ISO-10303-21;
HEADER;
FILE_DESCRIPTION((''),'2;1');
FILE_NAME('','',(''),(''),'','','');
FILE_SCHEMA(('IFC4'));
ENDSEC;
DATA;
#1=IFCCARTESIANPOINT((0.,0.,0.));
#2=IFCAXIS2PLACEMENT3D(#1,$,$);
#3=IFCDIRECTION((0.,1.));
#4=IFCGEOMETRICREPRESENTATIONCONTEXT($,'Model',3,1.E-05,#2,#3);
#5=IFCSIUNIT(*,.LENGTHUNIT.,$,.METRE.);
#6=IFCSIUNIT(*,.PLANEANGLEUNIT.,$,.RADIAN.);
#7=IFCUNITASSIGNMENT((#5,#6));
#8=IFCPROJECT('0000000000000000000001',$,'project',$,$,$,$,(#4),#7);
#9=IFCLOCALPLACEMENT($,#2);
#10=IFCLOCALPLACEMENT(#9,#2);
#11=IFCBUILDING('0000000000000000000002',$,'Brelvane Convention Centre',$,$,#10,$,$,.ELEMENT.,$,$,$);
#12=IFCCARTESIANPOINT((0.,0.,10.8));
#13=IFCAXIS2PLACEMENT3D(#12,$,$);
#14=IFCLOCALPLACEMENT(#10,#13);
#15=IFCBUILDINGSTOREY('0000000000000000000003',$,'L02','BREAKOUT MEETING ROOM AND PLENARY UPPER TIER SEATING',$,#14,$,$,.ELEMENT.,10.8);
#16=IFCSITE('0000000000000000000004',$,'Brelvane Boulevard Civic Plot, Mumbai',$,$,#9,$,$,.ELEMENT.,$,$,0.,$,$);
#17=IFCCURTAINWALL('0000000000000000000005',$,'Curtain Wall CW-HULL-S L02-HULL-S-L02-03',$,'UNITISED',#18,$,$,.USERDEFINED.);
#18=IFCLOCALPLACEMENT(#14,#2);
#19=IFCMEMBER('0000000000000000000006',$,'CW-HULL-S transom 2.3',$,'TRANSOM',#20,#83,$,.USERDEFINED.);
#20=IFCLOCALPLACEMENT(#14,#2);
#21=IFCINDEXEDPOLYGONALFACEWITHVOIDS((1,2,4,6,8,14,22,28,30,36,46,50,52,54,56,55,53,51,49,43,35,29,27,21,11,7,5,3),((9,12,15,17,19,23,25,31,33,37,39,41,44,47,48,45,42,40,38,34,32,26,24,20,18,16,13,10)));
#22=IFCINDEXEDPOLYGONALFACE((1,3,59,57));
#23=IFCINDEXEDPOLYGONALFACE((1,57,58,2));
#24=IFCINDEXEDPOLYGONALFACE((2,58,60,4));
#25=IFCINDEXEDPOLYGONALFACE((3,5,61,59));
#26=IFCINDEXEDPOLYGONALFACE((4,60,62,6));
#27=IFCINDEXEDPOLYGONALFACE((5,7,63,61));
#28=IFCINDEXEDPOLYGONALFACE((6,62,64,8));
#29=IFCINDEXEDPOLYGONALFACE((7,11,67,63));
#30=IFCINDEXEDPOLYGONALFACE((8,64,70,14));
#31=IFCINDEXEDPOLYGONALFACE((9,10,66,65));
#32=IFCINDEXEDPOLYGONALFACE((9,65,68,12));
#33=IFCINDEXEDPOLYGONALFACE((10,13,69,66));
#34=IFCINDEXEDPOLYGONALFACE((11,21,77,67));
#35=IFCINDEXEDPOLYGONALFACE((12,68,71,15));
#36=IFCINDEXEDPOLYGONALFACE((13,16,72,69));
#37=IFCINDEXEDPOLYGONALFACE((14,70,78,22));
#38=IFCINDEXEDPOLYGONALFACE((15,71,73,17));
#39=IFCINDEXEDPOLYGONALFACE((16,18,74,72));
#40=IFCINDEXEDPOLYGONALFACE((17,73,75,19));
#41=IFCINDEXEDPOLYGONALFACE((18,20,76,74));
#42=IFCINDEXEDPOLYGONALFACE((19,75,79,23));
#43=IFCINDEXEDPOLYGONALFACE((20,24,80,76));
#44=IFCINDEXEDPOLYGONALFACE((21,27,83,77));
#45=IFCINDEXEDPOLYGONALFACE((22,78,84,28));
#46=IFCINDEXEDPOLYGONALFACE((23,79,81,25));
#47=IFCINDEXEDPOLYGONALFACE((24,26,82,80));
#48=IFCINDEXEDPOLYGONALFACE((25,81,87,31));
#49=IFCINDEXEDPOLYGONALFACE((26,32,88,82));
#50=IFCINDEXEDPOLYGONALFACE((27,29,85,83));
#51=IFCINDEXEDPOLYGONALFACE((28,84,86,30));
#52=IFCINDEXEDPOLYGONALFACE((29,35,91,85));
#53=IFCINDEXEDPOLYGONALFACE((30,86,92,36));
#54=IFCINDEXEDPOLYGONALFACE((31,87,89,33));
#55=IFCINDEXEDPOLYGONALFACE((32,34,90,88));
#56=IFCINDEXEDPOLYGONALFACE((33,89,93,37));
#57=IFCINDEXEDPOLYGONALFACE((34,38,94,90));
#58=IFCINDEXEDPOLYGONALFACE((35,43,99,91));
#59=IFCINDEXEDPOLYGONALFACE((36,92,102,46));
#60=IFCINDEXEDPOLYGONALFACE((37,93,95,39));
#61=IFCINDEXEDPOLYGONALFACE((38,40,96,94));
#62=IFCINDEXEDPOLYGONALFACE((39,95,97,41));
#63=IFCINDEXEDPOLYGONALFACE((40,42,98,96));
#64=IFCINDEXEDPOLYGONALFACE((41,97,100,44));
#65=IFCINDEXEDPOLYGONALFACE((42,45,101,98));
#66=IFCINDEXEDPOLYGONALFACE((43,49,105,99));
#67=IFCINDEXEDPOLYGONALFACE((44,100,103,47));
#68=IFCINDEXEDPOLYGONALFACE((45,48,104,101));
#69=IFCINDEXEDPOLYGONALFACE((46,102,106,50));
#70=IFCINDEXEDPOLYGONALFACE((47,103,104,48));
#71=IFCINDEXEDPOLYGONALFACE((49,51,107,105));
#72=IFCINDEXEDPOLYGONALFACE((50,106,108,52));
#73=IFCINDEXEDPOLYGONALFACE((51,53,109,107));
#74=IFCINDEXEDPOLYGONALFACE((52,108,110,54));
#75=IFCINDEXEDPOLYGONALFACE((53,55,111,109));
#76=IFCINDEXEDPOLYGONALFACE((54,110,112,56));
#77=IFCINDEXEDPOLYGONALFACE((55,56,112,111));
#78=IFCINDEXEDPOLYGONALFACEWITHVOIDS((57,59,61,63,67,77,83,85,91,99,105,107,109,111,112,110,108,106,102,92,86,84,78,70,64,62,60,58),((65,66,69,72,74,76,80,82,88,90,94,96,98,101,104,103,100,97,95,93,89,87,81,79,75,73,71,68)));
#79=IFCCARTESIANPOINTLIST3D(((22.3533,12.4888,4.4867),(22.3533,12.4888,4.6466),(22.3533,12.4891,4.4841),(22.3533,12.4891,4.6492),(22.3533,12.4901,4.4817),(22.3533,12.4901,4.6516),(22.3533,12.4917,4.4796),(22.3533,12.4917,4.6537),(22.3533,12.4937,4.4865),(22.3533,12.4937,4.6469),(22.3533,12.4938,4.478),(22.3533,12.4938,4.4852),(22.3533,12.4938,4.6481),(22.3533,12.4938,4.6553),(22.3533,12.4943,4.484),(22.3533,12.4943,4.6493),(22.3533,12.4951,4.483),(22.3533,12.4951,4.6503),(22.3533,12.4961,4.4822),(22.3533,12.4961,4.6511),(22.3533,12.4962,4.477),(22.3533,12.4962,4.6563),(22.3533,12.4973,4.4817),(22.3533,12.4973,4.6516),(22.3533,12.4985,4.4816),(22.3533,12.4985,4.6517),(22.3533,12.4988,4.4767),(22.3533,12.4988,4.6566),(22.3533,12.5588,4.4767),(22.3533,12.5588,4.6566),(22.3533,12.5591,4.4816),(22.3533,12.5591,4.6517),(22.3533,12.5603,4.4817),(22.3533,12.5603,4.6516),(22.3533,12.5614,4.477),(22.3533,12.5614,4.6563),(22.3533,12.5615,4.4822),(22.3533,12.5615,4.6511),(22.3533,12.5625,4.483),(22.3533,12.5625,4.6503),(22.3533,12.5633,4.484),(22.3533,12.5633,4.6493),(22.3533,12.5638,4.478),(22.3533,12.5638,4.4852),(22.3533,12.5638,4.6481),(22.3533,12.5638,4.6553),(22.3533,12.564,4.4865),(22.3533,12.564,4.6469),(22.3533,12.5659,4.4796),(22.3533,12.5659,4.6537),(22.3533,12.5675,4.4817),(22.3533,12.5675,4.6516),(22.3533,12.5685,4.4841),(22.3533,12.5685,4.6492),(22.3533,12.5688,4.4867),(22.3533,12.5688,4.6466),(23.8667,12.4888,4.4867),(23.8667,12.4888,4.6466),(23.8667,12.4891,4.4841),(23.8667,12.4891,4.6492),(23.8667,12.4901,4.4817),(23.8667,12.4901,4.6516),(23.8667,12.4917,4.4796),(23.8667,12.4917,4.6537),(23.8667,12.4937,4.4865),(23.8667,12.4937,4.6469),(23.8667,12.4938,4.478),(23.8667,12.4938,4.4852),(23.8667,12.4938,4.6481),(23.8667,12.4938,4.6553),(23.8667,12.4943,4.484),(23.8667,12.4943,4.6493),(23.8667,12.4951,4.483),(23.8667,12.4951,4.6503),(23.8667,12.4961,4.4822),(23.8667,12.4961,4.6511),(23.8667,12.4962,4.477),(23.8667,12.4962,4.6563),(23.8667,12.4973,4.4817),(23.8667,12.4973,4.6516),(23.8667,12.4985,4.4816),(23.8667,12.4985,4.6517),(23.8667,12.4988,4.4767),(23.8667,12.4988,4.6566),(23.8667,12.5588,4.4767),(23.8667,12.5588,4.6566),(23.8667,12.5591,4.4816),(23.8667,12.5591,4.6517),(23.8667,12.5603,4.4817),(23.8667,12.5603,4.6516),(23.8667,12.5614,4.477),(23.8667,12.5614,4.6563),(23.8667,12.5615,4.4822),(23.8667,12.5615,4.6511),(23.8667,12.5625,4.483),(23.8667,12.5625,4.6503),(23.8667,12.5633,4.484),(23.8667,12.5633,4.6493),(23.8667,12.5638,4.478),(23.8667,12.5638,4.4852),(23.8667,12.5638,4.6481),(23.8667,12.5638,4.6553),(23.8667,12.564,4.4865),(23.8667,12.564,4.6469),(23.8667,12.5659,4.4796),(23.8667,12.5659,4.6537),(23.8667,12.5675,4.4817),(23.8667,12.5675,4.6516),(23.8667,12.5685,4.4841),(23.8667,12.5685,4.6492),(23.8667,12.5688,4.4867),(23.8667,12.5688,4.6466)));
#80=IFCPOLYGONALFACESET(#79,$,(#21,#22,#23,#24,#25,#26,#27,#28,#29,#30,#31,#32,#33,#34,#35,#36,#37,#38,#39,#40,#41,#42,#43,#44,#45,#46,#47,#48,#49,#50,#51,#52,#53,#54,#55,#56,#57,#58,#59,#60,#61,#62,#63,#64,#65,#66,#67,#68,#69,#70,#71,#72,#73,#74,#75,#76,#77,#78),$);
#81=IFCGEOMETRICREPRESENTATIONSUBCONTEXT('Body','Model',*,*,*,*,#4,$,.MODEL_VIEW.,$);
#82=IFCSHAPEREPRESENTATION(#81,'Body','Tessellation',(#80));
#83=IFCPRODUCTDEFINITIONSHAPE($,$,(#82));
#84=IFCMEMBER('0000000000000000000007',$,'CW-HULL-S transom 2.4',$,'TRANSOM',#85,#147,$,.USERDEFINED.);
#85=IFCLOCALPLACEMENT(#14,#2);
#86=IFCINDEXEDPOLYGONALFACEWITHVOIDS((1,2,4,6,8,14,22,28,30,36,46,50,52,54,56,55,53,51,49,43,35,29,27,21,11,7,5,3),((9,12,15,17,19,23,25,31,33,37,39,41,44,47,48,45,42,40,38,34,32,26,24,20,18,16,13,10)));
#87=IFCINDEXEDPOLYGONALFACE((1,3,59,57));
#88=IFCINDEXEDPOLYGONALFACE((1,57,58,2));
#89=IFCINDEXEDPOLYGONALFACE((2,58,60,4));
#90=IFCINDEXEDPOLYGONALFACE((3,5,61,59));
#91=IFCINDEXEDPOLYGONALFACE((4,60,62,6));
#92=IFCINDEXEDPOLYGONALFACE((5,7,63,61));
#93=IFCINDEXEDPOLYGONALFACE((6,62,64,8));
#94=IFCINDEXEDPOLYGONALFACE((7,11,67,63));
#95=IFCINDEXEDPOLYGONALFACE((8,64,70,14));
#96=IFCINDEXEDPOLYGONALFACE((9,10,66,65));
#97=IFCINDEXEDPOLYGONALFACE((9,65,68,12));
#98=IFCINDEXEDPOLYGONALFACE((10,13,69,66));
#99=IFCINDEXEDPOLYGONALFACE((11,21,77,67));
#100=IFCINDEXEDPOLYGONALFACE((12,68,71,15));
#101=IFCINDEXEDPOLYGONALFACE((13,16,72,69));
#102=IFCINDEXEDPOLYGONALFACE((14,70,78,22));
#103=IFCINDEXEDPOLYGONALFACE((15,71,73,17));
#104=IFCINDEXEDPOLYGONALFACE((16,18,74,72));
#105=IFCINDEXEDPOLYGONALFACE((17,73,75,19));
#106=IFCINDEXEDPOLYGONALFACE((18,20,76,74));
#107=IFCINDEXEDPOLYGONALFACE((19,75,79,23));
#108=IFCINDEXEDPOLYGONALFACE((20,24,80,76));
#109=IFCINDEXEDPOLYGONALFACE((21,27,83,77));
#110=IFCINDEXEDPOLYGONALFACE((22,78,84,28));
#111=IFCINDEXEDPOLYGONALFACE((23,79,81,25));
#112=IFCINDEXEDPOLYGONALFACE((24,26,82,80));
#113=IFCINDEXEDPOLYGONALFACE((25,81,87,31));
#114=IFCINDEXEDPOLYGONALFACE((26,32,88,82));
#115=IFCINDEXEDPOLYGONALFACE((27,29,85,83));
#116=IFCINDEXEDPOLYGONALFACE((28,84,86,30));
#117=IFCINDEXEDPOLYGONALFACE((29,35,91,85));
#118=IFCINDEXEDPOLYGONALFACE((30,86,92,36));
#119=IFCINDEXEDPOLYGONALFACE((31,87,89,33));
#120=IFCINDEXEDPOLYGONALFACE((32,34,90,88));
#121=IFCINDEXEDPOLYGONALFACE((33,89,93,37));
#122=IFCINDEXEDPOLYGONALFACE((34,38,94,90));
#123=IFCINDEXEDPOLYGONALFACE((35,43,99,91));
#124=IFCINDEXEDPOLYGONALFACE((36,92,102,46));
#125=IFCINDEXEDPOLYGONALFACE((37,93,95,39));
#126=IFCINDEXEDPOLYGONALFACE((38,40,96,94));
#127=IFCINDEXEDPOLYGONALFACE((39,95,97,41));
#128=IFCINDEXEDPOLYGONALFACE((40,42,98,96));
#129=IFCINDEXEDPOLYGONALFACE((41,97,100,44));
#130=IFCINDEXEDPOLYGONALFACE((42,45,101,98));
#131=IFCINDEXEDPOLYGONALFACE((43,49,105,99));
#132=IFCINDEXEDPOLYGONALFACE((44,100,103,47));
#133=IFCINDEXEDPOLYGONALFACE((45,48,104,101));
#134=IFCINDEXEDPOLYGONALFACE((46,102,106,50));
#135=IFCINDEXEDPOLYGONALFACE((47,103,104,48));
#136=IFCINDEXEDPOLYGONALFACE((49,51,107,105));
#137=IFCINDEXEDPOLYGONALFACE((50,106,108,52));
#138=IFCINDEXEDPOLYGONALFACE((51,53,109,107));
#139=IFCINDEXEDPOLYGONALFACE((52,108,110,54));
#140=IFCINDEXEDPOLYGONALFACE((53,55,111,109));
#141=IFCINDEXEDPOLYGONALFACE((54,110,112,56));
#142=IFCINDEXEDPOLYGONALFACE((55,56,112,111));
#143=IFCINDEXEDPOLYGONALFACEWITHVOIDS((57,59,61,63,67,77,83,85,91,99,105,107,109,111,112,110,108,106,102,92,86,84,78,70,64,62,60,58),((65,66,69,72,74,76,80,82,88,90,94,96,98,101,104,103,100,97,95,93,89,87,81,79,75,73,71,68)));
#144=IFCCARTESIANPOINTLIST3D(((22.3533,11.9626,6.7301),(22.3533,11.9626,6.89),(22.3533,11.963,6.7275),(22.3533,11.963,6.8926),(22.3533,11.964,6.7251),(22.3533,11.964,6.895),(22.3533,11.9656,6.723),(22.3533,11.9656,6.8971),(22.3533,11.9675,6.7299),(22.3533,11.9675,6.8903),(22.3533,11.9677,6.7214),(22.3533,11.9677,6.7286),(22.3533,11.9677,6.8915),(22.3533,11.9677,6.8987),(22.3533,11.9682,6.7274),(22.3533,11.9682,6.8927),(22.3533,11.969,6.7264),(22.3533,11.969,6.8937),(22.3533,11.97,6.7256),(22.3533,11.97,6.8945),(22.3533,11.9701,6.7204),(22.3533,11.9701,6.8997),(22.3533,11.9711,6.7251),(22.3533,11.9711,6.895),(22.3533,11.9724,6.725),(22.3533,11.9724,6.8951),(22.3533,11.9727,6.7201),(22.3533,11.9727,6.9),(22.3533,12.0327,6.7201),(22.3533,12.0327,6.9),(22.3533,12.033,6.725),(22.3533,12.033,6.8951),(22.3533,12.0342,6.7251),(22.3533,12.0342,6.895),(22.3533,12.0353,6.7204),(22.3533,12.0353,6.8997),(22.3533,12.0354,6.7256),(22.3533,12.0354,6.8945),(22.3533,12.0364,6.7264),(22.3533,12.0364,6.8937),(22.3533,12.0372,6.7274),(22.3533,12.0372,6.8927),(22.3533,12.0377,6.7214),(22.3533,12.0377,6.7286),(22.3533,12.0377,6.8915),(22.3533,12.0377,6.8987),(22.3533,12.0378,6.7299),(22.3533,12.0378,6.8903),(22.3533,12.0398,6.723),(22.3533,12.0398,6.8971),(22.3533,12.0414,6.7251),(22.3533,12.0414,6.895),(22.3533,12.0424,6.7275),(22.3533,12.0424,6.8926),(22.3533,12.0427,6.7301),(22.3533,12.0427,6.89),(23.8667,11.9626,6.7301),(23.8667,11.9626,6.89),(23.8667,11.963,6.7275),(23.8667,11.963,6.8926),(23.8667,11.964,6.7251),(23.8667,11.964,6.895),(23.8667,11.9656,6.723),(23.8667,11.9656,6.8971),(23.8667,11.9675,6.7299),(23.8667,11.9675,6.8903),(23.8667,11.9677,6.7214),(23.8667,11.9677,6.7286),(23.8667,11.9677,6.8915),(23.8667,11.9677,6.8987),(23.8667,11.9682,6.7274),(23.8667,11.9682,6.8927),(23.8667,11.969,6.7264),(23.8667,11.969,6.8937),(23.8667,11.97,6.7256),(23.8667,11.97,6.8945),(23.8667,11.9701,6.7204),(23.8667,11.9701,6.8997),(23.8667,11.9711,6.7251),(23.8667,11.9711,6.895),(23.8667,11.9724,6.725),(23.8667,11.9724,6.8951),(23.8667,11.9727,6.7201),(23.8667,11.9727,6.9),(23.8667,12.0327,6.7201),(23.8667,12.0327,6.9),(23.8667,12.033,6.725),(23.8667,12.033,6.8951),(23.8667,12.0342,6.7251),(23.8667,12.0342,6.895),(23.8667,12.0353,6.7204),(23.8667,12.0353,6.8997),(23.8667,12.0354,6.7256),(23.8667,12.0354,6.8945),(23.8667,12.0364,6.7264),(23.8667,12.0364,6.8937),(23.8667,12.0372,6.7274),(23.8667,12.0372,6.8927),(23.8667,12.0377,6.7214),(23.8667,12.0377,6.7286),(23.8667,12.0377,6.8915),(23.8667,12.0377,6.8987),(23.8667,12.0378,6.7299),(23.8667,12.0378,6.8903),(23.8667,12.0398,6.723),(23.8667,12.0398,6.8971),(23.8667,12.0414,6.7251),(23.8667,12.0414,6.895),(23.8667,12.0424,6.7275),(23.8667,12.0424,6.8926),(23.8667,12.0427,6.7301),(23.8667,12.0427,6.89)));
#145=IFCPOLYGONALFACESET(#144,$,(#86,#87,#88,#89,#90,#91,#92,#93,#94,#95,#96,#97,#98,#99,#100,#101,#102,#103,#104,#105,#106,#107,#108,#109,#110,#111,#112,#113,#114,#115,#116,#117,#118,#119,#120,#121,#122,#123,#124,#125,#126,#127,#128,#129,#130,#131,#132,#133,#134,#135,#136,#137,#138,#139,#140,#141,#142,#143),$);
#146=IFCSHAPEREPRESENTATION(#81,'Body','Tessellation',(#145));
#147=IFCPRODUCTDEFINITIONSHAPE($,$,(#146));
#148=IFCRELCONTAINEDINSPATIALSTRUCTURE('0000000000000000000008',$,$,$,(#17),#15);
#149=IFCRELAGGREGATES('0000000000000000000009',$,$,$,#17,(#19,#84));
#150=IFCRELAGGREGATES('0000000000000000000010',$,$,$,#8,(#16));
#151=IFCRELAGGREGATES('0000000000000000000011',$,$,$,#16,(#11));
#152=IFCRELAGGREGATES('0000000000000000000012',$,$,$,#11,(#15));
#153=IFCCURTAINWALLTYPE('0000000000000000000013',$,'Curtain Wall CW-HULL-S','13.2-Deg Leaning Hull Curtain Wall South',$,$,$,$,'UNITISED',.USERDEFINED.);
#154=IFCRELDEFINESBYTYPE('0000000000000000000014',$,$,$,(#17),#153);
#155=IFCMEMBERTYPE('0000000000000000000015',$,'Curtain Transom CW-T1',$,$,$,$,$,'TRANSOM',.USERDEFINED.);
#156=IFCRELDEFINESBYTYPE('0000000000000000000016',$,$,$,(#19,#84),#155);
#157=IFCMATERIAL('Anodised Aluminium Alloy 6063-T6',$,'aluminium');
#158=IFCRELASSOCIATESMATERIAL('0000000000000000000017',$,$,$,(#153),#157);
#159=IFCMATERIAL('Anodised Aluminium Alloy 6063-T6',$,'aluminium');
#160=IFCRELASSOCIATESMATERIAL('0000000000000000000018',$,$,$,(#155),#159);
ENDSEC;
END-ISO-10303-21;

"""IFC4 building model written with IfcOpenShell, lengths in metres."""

from ifc_helpers import new_model, si_unit, direction, frame, origin, origin_2d, place, context, subcontext, project, spatial, hollow_rectangle, extrude, material, material_profile, profile_set, type_object, element, aggregate, save


model = new_model("IFC4")

# Units and contexts
model_context = context("Model", 3, precision=1e-05, world=origin(), true_north=direction((0.0, 1.0)))
body_context = subcontext(model_context, "Body", "Model", "MODEL_VIEW")
ifc_project = project(units=[si_unit("LENGTHUNIT", "METRE"), si_unit("PLANEANGLEUNIT", "RADIAN")], contexts=[model_context])

# Site, building, storey
site_placement = place(None, origin())
site = spatial("IfcSite", under=ifc_project, at=site_placement, Name="Brelvane Boulevard Civic Plot, Mumbai", CompositionType="ELEMENT", RefElevation=0.0)
building_placement = place(site_placement, origin())
building = spatial("IfcBuilding", under=site, at=building_placement, Name="Brelvane Convention Centre", CompositionType="ELEMENT")
storey_placement = place(building_placement, frame((0.0, 0.0, 10.8)))
storey = spatial("IfcBuildingStorey", under=building, at=storey_placement, Name="L02", Description="BREAKOUT MEETING ROOM AND PLENARY UPPER TIER SEATING", CompositionType="ELEMENT", Elevation=10.8)

# Curtain wall, members
ifc_material_1 = material(Name="Anodised Aluminium Alloy 6063-T6", Category="aluminium")
curtain_wall_type = type_object("IfcCurtainWallType", Name="Curtain Wall CW-HULL-S", Description="13.2-Deg Leaning Hull Curtain Wall South", ElementType="UNITISED", PredefinedType="USERDEFINED", material=ifc_material_1)
curtain_wall_1_placement = place(storey_placement, origin())
curtain_wall_1 = element("IfcCurtainWall", 1, at=curtain_wall_1_placement, inside=storey, type_object=curtain_wall_type, Name="Curtain Wall CW-HULL-S L02-HULL-S-L02-03", ObjectType="UNITISED", PredefinedType="USERDEFINED")
ifc_material_2 = material(Name="Anodised Aluminium Alloy 6063-T6", Category="aluminium")
ifc_material_profile = material_profile(ifc_material_2, hollow_rectangle(XDim=0.0801, YDim=0.1799, WallThickness=0.0049, InnerFilletRadius=0.0049, OuterFilletRadius=0.01, at=origin_2d()), Name="ALU-T 180x80x5.0")
ifc_profile_set = profile_set([ifc_material_profile], Name="Anodised Aluminium Alloy 6063-T6")
member_type = type_object("IfcMemberType", Name="Curtain Transom CW-T1", ElementType="TRANSOM", PredefinedType="USERDEFINED", material=ifc_profile_set)
member_1_placement = place(storey_placement, frame((22.3533, 12.5288, 4.5667), z_axis=(1.0, 0.0, 0.0), x_axis=(0.0, 1.0, 0.0)))
member_1 = element("IfcMember", 2, at=member_1_placement, type_object=member_type, Name="CW-HULL-S transom 2.3", ObjectType="TRANSOM", PredefinedType="USERDEFINED", context=body_context, shape_type="SweptSolid", body=[
    extrude(hollow_rectangle(XDim=0.0801, YDim=0.1799, WallThickness=0.0049, InnerFilletRadius=0.0049, OuterFilletRadius=0.01, at=origin_2d()), origin(), (0.0, 0.0, 1.0), 1.5134),
])
member_2_placement = place(storey_placement, frame((22.3533, 12.0027, 6.8101), z_axis=(1.0, 0.0, 0.0), x_axis=(0.0, 1.0, 0.0)))
member_2 = element("IfcMember", 3, at=member_2_placement, type_object=member_type, Name="CW-HULL-S transom 2.4", ObjectType="TRANSOM", PredefinedType="USERDEFINED", context=body_context, shape_type="SweptSolid", body=[
    extrude(hollow_rectangle(XDim=0.0801, YDim=0.1799, WallThickness=0.0049, InnerFilletRadius=0.0049, OuterFilletRadius=0.01, at=origin_2d()), origin(), (0.0, 0.0, 1.0), 1.5134),
])

aggregate(curtain_wall_1, [member_1, member_2])

save(model, "model.ifc")
